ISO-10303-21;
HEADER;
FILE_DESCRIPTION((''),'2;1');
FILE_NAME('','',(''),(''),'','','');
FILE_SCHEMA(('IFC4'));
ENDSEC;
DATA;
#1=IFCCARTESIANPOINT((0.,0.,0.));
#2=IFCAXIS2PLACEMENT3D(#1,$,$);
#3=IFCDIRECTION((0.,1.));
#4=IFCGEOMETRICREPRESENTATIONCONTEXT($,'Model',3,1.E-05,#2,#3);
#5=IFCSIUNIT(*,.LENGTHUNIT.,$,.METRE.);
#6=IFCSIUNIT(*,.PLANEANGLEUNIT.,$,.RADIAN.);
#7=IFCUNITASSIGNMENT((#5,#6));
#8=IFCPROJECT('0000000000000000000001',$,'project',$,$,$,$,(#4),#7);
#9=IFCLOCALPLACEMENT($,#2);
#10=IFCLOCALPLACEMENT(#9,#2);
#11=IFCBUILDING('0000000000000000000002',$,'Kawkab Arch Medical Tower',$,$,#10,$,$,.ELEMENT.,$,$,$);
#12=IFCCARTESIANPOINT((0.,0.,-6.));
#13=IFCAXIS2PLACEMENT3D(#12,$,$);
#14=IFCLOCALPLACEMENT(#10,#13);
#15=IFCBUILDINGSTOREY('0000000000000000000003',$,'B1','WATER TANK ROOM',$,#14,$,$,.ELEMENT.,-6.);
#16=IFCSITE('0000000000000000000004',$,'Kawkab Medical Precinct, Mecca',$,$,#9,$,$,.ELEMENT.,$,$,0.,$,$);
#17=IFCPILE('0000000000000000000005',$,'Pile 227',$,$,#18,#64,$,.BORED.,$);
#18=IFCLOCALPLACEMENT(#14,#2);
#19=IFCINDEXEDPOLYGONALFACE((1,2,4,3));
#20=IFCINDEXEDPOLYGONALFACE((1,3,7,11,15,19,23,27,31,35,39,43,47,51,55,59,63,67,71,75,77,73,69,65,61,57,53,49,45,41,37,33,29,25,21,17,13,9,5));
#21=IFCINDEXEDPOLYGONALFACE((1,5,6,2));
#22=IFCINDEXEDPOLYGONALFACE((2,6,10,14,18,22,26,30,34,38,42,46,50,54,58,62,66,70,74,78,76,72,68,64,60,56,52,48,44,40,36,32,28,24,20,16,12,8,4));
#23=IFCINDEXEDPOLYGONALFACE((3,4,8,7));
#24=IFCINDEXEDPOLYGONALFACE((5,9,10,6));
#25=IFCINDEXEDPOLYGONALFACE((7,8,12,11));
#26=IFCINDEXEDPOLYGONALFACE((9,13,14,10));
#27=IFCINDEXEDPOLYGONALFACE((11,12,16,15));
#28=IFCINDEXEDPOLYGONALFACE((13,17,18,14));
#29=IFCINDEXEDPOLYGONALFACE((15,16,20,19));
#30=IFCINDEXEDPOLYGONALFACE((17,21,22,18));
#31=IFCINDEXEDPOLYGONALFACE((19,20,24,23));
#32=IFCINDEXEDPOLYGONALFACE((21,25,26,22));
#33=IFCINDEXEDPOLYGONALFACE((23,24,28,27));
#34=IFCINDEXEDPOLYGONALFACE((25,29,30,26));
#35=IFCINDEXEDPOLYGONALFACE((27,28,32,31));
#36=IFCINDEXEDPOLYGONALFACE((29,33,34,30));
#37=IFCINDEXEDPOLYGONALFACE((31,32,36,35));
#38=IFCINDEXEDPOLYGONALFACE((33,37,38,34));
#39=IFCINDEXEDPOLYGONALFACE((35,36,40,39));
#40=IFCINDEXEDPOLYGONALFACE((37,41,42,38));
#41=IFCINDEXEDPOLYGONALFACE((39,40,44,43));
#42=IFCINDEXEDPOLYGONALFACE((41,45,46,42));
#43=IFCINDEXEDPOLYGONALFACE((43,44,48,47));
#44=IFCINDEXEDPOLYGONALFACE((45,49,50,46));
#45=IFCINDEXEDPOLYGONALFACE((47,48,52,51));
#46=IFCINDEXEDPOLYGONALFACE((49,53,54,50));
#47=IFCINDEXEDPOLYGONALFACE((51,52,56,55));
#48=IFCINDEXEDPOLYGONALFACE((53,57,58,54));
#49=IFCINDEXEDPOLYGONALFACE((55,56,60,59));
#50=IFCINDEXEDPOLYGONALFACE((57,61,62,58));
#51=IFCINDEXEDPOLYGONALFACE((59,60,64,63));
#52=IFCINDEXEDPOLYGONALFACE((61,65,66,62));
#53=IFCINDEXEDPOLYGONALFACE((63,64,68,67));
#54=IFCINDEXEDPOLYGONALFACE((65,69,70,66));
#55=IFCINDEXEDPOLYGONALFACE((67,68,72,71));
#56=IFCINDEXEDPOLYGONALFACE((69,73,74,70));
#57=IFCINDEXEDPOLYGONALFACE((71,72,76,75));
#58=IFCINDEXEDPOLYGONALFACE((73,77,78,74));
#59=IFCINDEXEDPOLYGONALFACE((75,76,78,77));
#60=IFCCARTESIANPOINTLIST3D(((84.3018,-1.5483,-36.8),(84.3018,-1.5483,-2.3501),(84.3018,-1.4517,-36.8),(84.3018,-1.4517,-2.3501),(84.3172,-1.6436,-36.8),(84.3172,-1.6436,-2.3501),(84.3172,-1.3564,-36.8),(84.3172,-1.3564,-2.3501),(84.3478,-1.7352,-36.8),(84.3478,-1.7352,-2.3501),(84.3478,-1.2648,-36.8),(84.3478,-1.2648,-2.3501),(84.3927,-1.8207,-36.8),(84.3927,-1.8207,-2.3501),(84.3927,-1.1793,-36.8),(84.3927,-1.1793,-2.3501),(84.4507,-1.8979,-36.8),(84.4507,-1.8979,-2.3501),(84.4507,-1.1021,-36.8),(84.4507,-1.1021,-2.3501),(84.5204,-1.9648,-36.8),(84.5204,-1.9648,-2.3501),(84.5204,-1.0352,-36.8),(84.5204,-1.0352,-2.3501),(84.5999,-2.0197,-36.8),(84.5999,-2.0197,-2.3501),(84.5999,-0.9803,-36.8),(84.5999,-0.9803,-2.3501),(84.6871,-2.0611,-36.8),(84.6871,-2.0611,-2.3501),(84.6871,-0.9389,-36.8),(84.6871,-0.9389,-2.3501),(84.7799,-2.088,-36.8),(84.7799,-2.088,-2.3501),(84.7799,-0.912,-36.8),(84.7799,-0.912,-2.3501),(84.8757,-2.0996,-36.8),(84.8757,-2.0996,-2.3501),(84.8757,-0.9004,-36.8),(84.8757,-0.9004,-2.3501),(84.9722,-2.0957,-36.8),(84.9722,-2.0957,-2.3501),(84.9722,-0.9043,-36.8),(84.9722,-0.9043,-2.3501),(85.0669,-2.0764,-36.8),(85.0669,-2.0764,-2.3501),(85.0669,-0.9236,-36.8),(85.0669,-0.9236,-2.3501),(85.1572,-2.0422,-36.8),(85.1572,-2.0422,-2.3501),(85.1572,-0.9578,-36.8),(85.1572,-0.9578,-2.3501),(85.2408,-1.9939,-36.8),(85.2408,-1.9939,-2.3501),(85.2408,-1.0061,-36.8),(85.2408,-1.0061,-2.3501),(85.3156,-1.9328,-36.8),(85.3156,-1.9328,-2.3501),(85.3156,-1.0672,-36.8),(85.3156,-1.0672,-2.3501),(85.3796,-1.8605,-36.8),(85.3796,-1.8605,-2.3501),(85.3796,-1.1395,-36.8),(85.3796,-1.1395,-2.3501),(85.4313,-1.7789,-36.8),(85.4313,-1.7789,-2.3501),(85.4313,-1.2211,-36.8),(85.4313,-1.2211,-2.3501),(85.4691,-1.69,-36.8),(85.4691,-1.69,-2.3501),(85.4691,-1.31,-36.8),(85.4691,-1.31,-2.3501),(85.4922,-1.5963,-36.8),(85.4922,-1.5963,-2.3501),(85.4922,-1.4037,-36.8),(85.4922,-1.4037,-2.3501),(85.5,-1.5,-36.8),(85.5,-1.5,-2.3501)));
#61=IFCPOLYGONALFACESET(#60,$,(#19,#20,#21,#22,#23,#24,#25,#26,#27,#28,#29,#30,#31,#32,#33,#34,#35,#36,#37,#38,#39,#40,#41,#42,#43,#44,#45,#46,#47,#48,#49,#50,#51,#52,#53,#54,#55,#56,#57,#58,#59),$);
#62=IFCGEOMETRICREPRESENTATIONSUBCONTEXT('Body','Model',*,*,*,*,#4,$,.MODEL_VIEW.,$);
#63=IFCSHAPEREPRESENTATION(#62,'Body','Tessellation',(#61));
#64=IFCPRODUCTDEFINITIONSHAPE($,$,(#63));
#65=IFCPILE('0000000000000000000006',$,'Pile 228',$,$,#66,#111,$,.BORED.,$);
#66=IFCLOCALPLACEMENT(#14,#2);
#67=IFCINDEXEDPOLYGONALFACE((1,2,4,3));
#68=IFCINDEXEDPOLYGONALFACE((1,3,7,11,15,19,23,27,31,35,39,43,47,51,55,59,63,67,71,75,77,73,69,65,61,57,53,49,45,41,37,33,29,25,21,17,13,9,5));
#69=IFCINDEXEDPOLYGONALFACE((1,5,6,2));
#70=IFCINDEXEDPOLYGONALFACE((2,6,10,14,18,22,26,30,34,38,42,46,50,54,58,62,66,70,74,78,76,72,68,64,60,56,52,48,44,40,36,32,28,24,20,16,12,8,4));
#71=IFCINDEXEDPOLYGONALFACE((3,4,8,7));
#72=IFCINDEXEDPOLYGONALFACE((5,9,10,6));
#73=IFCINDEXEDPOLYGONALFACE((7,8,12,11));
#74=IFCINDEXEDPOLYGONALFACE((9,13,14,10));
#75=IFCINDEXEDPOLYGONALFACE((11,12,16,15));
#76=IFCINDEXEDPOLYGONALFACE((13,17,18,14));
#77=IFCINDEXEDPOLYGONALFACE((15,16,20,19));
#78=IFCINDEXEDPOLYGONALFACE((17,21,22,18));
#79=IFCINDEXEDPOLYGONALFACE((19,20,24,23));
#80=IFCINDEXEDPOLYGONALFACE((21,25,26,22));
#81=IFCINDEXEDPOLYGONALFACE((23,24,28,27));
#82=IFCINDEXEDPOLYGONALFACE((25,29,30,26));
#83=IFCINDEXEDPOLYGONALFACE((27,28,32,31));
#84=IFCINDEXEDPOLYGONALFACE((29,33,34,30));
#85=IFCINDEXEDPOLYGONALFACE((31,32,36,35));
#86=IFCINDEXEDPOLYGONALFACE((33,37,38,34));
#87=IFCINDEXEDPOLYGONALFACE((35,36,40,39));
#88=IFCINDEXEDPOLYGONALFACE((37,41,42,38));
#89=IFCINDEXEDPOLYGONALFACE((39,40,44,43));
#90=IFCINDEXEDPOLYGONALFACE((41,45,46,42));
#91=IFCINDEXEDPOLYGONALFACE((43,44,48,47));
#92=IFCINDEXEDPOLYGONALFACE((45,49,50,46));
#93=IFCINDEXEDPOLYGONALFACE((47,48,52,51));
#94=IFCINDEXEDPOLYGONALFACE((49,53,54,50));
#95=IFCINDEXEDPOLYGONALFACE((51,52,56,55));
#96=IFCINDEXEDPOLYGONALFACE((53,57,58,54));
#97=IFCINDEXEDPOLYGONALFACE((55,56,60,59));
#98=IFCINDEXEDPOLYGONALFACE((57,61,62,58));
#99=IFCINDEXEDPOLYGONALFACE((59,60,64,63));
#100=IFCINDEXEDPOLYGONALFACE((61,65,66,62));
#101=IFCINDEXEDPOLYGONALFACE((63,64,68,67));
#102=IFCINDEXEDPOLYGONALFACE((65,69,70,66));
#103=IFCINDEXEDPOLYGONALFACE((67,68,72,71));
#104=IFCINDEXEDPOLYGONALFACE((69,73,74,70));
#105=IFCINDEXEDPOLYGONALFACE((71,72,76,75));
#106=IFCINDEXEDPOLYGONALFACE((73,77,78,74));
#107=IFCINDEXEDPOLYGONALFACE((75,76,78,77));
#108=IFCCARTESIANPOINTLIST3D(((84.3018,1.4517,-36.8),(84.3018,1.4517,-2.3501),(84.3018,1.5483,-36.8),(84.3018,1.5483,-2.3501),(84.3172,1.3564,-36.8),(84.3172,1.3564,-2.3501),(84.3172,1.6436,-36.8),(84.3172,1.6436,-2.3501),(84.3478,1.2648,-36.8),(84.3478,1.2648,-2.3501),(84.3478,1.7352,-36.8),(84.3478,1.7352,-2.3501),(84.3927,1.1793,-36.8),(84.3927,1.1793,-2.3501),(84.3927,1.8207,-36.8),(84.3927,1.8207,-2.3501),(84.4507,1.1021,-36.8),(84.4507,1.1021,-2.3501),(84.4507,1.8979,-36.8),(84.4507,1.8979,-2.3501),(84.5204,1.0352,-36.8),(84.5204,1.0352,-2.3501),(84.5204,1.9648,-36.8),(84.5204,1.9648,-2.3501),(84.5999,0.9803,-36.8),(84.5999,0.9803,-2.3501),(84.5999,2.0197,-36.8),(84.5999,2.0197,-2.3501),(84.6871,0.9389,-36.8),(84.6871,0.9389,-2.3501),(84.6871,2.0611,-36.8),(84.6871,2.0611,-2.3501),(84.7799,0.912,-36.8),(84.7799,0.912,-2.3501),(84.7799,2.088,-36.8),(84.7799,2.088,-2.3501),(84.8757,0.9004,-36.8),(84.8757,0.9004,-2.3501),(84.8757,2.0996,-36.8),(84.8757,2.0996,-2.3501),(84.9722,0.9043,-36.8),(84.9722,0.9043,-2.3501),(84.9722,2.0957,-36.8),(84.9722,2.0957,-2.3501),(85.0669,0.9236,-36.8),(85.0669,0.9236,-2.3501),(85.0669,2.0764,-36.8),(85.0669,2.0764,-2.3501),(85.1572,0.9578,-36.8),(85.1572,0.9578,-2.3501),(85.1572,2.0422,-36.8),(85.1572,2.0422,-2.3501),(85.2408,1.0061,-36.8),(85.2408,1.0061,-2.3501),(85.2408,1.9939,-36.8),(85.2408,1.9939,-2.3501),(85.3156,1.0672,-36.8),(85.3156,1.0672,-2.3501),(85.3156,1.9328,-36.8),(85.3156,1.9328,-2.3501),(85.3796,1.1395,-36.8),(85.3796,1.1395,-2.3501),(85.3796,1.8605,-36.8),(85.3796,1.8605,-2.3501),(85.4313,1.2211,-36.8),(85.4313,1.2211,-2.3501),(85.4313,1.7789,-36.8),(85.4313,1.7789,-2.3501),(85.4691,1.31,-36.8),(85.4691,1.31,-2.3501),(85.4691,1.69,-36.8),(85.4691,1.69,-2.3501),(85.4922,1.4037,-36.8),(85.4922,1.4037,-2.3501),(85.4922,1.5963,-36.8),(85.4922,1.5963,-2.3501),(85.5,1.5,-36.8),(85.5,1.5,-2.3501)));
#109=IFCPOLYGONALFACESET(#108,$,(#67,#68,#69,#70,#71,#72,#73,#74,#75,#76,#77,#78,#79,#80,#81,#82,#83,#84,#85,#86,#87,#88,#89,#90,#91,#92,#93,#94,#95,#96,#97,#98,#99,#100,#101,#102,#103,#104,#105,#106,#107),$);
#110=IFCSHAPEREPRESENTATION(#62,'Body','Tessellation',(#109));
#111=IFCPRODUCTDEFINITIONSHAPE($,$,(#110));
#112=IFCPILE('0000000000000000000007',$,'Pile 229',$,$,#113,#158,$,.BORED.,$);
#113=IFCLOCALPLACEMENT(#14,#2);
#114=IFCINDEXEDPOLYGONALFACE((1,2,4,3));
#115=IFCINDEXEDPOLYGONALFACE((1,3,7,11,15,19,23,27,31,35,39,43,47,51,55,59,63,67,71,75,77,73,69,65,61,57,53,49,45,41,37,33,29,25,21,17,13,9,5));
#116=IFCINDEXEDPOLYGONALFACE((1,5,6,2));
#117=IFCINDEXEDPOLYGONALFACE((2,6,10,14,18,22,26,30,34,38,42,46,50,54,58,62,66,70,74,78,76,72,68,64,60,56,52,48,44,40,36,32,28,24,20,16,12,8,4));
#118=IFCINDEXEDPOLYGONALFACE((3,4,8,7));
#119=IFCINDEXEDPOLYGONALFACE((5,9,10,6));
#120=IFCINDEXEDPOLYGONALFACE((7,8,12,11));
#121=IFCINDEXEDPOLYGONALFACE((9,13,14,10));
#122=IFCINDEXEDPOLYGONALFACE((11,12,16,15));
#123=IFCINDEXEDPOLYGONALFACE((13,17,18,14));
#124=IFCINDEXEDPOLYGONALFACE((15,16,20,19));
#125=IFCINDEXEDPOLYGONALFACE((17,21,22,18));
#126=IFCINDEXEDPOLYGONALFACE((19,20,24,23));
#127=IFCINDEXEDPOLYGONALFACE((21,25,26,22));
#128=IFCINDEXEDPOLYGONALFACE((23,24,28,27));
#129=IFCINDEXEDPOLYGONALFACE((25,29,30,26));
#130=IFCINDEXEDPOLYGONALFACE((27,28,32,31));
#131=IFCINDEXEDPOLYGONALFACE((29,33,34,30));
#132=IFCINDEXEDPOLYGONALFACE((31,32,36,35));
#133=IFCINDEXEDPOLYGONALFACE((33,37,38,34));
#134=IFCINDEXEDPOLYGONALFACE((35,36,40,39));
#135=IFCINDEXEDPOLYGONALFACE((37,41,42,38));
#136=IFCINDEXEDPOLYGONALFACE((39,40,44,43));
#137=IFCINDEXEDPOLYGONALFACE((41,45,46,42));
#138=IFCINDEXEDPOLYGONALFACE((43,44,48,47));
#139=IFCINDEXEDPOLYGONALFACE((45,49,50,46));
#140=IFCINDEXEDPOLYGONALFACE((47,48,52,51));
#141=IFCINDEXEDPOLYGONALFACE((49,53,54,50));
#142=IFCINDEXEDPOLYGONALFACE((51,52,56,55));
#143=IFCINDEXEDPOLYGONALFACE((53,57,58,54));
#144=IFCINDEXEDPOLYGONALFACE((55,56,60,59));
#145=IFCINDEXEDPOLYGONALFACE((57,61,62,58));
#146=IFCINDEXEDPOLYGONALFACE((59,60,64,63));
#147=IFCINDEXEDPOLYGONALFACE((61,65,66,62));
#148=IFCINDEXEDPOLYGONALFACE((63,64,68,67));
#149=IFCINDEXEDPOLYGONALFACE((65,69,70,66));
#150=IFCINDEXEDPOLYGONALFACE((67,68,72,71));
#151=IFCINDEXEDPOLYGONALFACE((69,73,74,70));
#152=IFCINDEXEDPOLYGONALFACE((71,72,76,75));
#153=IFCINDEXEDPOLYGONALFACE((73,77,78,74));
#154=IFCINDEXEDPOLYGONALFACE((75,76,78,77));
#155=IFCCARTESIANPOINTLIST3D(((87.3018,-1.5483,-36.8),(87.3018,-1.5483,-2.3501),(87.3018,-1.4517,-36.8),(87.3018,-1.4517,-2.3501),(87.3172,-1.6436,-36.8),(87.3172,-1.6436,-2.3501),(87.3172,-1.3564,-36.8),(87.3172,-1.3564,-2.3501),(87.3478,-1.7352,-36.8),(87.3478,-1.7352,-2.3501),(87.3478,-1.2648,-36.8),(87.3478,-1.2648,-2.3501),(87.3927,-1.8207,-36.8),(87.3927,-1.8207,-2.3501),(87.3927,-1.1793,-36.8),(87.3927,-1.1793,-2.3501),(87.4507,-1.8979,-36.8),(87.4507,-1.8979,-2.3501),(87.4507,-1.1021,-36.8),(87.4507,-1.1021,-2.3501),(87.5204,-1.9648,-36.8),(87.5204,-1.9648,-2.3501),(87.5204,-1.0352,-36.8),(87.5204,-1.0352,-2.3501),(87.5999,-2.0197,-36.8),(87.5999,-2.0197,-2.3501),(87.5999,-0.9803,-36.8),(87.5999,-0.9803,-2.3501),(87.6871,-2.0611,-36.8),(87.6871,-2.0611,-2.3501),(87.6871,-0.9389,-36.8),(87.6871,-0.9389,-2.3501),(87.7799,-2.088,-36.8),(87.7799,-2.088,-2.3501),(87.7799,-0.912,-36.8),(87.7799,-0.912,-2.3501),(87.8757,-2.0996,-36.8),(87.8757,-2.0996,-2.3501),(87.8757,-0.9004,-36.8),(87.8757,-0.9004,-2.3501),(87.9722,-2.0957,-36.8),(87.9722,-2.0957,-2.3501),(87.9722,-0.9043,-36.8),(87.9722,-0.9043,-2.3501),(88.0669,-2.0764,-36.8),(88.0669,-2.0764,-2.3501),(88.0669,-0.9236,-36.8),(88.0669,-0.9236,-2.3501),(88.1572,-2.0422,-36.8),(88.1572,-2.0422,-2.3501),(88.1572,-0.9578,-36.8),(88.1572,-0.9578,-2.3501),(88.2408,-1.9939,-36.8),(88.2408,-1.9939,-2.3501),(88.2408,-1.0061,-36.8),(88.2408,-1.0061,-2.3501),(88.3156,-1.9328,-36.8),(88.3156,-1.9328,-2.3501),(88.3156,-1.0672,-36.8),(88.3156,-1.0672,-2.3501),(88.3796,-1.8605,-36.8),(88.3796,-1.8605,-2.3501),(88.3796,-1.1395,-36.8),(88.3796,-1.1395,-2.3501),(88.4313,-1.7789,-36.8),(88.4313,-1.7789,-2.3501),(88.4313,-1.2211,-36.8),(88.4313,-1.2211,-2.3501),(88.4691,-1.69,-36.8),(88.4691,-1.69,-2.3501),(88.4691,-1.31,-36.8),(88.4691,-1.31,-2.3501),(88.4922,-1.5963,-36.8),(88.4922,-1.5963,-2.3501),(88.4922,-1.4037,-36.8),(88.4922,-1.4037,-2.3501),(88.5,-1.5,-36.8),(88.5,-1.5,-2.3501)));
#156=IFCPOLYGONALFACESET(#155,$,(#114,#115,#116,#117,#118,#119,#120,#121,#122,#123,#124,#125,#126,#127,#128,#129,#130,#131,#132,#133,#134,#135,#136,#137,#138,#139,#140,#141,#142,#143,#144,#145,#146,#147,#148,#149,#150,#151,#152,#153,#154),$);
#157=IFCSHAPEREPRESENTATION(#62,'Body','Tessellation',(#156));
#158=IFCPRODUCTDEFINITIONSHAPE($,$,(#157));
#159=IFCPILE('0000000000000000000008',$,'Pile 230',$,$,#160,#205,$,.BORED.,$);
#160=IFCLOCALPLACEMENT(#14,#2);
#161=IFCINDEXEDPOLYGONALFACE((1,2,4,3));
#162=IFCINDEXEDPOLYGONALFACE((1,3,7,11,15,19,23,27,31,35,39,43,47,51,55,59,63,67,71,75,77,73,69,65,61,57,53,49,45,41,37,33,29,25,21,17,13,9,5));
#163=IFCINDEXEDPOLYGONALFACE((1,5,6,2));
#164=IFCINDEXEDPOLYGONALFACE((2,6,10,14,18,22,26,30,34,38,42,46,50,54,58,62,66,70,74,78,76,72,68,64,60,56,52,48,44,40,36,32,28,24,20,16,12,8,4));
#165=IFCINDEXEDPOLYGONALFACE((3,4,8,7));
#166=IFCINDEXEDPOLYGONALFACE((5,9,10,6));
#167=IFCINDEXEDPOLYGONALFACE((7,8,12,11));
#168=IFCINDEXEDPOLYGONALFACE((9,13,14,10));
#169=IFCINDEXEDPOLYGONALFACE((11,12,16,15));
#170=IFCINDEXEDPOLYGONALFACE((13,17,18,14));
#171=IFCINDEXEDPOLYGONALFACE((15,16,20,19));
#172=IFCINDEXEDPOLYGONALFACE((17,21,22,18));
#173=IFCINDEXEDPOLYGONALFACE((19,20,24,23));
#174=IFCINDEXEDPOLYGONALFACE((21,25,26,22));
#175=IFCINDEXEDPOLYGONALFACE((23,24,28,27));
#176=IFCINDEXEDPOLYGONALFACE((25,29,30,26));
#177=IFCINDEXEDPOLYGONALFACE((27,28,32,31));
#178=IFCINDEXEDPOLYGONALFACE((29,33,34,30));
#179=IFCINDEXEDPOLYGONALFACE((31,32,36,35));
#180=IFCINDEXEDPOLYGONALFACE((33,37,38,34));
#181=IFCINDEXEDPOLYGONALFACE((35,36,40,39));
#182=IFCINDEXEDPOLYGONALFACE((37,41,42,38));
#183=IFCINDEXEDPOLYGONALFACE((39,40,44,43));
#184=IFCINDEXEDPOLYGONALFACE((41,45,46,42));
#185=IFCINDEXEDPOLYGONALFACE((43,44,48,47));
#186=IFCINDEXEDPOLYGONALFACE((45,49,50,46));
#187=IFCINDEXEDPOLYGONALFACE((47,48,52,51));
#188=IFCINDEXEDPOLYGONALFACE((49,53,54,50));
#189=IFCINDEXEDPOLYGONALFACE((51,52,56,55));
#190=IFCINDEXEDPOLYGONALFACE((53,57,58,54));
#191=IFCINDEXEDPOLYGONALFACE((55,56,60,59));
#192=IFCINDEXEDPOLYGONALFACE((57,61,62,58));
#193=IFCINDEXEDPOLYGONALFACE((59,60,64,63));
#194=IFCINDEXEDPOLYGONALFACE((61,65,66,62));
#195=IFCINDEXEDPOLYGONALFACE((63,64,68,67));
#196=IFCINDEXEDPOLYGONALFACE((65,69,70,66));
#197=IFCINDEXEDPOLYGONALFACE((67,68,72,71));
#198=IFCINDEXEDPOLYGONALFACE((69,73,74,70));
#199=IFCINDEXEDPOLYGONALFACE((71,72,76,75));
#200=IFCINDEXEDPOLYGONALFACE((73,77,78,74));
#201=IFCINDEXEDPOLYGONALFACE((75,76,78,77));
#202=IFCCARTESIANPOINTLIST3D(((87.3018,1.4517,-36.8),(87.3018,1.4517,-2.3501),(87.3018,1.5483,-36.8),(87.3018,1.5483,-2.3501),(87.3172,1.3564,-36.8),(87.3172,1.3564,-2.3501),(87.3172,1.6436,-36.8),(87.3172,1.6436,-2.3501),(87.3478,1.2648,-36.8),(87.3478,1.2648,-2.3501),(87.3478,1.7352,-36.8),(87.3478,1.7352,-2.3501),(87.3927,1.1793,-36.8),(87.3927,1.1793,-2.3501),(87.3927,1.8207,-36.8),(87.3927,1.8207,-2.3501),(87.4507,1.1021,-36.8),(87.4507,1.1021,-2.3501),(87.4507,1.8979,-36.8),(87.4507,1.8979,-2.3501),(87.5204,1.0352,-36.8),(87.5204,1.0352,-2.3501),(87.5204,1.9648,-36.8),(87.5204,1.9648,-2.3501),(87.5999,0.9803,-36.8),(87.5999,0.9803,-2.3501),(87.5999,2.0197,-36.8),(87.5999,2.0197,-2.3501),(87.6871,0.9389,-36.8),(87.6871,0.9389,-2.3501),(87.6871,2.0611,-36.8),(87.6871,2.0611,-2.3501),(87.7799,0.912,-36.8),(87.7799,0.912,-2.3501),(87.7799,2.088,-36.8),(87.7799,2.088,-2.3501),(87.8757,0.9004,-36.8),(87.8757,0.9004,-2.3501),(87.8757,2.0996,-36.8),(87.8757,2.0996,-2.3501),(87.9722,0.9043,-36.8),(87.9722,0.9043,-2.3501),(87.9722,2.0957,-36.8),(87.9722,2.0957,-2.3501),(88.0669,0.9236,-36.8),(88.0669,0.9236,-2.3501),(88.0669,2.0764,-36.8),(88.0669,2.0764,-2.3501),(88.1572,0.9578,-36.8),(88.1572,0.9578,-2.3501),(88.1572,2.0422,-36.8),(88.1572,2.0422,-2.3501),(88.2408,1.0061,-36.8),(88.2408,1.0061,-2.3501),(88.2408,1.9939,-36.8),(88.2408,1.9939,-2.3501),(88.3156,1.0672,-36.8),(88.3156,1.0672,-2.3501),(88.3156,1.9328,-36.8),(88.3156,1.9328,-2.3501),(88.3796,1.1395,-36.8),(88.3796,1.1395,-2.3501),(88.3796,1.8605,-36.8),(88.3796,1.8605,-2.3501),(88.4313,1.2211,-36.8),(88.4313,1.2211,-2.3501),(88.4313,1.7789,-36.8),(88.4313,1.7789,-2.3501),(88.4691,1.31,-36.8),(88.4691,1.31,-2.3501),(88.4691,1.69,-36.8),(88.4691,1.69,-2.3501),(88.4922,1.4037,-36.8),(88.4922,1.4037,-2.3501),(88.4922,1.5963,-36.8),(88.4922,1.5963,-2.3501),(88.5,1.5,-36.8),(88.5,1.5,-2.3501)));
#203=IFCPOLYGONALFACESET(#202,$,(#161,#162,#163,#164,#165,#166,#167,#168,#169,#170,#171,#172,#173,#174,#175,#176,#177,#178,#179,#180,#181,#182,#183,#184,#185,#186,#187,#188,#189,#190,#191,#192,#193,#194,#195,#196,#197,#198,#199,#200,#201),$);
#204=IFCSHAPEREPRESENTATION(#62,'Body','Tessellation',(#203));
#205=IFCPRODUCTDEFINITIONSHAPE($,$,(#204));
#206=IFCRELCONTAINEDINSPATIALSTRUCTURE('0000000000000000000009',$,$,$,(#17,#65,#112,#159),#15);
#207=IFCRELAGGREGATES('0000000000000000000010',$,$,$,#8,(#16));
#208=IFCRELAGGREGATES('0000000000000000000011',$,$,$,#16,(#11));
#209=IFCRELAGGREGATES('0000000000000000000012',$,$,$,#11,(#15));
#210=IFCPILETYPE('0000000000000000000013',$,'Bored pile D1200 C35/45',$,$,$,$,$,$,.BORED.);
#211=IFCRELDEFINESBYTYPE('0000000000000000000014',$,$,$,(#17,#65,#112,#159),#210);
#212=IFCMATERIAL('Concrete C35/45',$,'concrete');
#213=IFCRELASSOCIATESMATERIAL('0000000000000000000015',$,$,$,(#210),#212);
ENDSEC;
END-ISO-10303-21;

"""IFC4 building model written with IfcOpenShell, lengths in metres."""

from ifc_helpers import new_model, si_unit, direction, frame, origin, origin_2d, place, context, subcontext, project, spatial, circle, extrude, material, material_profile, profile_set, type_object, element, save


model = new_model("IFC4")

# Units and contexts
model_context = context("Model", 3, precision=1e-05, world=origin(), true_north=direction((0.0, 1.0)))
body_context = subcontext(model_context, "Body", "Model", "MODEL_VIEW")
ifc_project = project(units=[si_unit("LENGTHUNIT", "METRE"), si_unit("PLANEANGLEUNIT", "RADIAN")], contexts=[model_context])

# Site, building, storey
site_placement = place(None, origin())
site = spatial("IfcSite", under=ifc_project, at=site_placement, Name="Kawkab Medical Precinct, Mecca", CompositionType="ELEMENT", RefElevation=0.0)
building_placement = place(site_placement, origin())
building = spatial("IfcBuilding", under=site, at=building_placement, Name="Kawkab Arch Medical Tower", CompositionType="ELEMENT")
storey_placement = place(building_placement, frame((0.0, 0.0, -6.0)))
storey = spatial("IfcBuildingStorey", under=building, at=storey_placement, Name="B1", Description="WATER TANK ROOM", CompositionType="ELEMENT", Elevation=-6.0)

# Piles
ifc_material_1 = material(Name="Concrete C35/45", Category="concrete")
ifc_material_profile_1 = material_profile(ifc_material_1, circle(Radius=0.6001, at=origin_2d()), Name="Bored pile D1200")
ifc_profile_set_1 = profile_set([ifc_material_profile_1], Name="Concrete C35/45")
pile_type_1 = type_object("IfcPileType", Name="Bored pile D1200 C35/45", PredefinedType="BORED", material=ifc_profile_set_1)
for number, where, z_axis, x_axis, name in (
    (1, (84.8999, -1.5, -2.3501), (0.0, 0.0, -1.0), (1.0, 0.0, 0.0), "Pile 227"),
    (2, (84.8999, 1.5, -2.3501), (0.0, 0.0, -1.0), (1.0, 0.0, 0.0), "Pile 228"),
    (3, (87.8999, -1.5, -2.3501), (0.0, 0.0, -1.0), (1.0, 0.0, 0.0), "Pile 229"),
    (4, (87.8999, 1.5, -2.3501), (0.0, 0.0, -1.0), (1.0, 0.0, 0.0), "Pile 230"),
):
    element("IfcPile", number, at=place(storey_placement, frame(where, z_axis=z_axis, x_axis=x_axis)), inside=storey, type_object=pile_type_1, Name=name, PredefinedType="BORED", context=body_context, shape_type="SweptSolid", body=[
        extrude(circle(Radius=0.6001, at=origin_2d()), origin(), (0.0, 0.0, 1.0), 34.45),
    ])

save(model, "model.ifc")
